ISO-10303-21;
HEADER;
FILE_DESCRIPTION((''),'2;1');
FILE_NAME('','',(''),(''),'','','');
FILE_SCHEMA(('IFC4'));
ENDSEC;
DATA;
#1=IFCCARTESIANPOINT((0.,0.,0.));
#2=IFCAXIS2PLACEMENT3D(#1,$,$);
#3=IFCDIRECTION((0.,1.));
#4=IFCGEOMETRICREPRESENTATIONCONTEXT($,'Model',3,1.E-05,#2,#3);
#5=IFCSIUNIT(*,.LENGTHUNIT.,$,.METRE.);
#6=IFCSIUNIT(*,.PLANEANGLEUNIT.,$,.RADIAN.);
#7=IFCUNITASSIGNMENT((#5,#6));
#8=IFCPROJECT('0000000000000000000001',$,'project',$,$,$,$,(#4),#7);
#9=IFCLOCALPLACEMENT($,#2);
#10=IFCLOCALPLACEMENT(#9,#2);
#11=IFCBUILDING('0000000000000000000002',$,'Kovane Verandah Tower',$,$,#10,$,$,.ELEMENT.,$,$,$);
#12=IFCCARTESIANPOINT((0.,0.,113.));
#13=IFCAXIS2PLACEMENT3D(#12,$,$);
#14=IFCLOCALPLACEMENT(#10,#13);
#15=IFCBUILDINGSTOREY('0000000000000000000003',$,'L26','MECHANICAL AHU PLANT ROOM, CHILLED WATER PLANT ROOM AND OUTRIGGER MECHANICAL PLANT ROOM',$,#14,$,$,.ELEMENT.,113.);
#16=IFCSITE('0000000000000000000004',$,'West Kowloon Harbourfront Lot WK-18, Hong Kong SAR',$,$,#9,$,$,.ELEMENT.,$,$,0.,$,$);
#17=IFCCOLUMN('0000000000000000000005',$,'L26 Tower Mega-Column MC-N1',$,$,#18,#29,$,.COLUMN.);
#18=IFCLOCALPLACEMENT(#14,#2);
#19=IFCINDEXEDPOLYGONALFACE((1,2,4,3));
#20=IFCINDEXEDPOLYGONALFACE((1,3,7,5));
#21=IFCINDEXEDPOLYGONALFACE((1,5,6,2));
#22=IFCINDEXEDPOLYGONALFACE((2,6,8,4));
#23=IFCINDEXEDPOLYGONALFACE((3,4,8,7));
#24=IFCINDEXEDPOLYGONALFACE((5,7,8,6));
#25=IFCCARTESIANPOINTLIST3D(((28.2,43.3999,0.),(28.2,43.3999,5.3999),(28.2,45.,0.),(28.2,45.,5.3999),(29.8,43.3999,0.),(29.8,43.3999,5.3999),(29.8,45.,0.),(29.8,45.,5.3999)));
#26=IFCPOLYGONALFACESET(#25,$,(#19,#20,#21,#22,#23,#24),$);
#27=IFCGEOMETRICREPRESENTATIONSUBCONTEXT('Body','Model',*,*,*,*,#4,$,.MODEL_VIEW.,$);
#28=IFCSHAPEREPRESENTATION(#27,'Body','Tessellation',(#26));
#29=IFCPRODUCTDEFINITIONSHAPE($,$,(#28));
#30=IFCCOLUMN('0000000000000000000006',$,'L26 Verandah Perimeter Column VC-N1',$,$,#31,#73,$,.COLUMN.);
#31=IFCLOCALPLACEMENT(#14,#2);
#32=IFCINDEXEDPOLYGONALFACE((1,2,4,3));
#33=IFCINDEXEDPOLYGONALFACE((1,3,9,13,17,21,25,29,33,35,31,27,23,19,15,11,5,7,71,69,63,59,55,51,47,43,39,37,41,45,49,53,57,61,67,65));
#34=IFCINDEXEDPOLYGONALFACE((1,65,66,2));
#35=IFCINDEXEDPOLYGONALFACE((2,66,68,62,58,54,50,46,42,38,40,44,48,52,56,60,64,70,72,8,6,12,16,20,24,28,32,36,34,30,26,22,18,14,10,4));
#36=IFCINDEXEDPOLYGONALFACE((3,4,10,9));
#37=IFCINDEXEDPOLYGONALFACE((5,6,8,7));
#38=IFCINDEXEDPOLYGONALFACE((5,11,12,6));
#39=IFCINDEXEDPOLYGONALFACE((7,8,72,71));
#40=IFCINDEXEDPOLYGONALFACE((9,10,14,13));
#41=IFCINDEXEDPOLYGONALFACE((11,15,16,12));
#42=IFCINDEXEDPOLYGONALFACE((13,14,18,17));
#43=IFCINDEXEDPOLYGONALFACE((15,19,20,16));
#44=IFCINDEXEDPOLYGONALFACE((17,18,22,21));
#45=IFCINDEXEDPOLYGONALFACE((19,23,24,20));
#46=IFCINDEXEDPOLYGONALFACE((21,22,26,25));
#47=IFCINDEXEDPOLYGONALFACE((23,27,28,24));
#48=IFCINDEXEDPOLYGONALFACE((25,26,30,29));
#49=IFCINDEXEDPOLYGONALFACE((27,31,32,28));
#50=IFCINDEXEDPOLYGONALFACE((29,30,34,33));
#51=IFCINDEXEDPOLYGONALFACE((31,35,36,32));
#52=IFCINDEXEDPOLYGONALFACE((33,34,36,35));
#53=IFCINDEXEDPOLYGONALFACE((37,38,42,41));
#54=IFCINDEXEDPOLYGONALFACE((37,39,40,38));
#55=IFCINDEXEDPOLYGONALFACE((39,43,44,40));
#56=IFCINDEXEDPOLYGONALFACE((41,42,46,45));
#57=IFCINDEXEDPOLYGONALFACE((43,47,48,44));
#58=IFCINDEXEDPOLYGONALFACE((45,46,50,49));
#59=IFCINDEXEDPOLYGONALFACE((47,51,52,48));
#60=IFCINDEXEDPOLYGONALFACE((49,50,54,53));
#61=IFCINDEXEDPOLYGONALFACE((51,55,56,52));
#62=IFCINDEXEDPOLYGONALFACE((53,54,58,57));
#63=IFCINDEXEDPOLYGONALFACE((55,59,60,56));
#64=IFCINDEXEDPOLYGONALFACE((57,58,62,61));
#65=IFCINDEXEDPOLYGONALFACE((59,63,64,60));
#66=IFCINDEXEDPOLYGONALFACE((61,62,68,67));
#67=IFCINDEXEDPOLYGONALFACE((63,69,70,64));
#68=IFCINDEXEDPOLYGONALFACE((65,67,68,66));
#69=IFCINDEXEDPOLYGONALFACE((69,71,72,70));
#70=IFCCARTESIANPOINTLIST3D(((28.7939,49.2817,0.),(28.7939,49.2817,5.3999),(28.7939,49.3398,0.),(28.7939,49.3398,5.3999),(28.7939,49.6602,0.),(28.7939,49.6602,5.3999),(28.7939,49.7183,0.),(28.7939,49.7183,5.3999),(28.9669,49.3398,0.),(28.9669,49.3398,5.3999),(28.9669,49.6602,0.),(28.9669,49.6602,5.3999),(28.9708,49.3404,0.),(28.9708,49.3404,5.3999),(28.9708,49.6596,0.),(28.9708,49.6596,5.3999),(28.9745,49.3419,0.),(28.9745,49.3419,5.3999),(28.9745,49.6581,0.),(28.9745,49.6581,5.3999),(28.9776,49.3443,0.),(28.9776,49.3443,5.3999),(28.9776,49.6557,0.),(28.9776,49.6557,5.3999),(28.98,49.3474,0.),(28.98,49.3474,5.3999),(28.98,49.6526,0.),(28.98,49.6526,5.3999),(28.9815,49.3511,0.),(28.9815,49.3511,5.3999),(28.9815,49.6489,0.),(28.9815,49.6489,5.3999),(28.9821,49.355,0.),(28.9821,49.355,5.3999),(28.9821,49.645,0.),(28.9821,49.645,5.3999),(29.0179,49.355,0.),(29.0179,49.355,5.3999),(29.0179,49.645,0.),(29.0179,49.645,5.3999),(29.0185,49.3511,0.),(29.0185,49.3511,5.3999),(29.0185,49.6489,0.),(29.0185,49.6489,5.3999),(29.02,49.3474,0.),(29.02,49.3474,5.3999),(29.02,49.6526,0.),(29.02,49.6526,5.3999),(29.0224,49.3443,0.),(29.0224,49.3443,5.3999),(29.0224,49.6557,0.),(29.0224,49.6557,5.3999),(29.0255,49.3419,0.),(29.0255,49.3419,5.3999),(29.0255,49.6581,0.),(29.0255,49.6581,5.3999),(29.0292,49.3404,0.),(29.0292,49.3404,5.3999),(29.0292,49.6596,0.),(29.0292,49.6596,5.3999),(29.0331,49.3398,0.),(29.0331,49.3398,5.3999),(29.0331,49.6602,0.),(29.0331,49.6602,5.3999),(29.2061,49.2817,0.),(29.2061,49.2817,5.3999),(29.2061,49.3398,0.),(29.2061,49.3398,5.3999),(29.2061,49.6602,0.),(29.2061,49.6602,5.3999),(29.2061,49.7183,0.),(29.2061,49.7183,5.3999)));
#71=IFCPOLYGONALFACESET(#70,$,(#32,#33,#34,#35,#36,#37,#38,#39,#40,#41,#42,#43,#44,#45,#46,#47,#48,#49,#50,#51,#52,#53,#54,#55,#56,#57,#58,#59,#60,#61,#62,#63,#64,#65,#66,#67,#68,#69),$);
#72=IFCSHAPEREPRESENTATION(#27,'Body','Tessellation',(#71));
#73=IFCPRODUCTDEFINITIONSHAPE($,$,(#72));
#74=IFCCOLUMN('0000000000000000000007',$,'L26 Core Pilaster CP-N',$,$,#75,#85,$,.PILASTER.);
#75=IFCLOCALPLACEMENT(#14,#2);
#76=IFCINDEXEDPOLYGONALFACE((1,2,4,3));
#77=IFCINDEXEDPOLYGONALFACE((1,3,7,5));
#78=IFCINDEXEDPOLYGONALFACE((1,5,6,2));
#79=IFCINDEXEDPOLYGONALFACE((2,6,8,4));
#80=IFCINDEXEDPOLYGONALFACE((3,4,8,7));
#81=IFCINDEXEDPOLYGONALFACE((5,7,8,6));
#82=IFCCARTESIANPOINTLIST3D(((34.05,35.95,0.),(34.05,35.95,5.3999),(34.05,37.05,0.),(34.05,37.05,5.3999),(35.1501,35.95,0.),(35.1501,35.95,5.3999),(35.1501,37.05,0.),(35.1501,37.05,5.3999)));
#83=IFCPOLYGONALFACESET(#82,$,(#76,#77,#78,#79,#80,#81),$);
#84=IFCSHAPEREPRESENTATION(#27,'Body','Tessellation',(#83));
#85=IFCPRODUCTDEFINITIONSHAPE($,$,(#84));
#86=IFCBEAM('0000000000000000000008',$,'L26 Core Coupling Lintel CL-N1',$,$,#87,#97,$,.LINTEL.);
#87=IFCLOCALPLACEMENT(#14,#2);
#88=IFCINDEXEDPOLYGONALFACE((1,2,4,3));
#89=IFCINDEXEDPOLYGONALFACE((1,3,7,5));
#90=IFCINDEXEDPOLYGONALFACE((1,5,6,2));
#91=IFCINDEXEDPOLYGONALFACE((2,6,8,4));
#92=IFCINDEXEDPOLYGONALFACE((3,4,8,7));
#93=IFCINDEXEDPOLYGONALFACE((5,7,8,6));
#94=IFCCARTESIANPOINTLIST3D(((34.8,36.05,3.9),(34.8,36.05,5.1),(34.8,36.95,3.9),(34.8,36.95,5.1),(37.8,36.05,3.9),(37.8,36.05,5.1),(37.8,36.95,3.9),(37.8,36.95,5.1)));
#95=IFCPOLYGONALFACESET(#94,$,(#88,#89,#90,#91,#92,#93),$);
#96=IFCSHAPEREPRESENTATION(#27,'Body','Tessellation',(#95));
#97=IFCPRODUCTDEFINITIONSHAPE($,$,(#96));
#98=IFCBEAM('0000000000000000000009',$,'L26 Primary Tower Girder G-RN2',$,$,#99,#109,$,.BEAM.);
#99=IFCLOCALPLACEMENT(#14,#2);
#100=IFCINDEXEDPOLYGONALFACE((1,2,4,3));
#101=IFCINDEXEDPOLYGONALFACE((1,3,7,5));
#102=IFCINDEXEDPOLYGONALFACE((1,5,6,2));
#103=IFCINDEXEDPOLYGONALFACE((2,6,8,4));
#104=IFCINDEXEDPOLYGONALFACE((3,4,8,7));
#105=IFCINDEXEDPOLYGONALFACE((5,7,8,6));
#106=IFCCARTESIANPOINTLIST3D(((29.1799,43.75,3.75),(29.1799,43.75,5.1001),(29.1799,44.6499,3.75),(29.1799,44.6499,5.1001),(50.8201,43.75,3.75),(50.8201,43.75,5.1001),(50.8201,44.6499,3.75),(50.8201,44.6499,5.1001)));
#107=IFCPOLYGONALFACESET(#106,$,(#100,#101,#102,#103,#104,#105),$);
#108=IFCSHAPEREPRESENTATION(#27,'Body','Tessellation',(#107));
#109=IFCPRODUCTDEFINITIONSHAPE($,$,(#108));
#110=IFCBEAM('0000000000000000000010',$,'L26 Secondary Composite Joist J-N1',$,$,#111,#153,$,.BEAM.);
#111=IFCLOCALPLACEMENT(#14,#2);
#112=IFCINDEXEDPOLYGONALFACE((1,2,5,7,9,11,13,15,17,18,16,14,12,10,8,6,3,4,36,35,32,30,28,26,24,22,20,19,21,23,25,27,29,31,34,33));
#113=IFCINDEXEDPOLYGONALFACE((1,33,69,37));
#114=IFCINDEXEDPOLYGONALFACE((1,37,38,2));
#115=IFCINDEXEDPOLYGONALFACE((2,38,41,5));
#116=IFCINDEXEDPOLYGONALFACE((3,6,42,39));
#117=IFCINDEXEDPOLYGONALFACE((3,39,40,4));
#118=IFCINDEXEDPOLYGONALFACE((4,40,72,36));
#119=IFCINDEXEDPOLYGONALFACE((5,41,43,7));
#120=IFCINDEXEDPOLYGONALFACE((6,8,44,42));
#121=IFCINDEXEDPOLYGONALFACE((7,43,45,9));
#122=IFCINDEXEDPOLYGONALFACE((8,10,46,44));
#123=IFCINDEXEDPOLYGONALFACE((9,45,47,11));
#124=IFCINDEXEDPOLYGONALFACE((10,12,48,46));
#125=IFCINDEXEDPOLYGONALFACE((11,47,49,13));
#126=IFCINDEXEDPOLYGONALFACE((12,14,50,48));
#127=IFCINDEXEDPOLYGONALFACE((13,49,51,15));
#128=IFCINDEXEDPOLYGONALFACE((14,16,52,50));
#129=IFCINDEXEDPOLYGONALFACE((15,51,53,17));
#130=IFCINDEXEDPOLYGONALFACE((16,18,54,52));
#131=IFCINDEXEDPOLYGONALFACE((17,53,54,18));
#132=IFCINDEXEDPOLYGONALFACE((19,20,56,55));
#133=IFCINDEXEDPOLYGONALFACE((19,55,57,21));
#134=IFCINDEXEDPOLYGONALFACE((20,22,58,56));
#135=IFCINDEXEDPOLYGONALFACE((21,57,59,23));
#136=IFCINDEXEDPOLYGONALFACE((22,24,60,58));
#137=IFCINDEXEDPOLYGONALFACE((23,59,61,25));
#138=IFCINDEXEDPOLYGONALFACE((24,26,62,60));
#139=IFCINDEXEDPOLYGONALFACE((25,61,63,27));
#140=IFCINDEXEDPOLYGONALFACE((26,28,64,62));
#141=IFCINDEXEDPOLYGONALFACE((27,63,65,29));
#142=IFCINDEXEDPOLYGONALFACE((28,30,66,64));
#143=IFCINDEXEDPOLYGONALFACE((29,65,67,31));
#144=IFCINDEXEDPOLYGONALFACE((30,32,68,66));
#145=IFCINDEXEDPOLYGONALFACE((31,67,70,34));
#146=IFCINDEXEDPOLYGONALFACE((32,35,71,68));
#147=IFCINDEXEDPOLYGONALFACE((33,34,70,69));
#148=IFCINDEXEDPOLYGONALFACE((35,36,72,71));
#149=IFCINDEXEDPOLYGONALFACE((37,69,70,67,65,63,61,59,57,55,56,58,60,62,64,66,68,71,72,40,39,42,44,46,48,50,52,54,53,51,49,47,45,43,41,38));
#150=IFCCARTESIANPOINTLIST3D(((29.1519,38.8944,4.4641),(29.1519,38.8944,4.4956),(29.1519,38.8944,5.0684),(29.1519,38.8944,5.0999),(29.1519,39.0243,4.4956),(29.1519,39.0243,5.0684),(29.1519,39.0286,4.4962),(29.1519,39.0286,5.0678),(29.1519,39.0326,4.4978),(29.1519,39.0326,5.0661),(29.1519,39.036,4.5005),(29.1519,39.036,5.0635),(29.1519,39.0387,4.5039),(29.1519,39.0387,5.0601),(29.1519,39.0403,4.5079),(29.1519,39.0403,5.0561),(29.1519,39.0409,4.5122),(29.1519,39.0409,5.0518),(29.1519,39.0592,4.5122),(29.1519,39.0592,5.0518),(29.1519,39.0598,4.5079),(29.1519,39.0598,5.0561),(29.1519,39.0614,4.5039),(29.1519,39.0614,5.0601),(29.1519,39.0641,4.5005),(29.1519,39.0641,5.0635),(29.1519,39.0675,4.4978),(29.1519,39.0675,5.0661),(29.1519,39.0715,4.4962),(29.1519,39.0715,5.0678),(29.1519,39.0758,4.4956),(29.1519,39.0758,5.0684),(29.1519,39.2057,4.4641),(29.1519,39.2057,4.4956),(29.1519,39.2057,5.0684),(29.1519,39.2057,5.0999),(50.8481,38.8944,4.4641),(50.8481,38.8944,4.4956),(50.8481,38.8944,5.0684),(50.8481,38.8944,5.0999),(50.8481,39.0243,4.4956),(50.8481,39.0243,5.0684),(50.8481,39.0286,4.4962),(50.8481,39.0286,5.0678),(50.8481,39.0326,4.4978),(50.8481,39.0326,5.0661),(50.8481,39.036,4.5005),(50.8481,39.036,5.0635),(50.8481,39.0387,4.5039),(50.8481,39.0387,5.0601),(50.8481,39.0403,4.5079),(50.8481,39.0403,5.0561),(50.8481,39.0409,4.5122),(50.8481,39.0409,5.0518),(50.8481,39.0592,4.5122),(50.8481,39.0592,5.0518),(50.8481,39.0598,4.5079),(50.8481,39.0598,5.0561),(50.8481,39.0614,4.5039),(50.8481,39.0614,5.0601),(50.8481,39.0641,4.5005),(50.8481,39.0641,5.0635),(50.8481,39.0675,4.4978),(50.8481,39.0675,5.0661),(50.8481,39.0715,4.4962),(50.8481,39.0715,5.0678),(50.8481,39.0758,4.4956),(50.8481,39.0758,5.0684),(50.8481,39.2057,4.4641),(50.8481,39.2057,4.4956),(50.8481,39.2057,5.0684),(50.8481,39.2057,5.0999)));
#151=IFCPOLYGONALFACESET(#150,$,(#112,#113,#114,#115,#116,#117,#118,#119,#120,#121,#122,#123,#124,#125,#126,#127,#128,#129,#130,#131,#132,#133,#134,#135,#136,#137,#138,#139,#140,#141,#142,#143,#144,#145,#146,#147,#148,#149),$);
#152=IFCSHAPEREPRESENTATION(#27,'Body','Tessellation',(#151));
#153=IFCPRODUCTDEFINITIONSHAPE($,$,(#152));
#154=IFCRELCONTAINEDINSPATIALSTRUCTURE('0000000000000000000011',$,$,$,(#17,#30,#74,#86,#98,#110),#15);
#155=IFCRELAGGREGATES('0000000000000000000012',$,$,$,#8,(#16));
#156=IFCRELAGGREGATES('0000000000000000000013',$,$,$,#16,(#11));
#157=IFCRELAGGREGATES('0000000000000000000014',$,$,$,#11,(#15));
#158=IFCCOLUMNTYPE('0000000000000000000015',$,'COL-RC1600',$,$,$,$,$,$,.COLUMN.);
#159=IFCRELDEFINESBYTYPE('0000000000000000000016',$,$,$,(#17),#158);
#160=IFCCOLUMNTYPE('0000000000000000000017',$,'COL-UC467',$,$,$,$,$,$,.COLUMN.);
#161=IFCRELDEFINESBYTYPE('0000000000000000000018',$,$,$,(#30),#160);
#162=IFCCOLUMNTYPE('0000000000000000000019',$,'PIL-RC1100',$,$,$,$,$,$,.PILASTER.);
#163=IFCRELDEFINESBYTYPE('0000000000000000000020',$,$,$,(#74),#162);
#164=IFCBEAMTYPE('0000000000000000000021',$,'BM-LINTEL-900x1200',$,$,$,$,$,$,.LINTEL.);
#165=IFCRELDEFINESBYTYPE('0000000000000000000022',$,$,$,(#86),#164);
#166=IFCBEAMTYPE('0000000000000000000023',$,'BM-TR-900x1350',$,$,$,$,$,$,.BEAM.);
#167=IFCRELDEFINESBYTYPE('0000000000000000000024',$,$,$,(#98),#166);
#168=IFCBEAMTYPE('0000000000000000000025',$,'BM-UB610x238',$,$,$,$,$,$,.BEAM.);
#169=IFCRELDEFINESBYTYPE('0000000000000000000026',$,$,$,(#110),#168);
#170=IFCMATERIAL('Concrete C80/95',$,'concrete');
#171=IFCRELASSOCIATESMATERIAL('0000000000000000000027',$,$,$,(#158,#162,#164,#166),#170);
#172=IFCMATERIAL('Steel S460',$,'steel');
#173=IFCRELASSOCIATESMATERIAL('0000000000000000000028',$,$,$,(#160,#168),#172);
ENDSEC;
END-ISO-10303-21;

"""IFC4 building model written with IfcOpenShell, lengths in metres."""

from ifc_helpers import new_model, si_unit, direction, frame, origin, origin_2d, place, context, subcontext, project, spatial, rectangle, i_section, extrude, material, material_profile, profile_set, type_object, element, save


model = new_model("IFC4")

# Units and contexts
model_context = context("Model", 3, precision=1e-05, world=origin(), true_north=direction((0.0, 1.0)))
body_context = subcontext(model_context, "Body", "Model", "MODEL_VIEW")
ifc_project = project(units=[si_unit("LENGTHUNIT", "METRE"), si_unit("PLANEANGLEUNIT", "RADIAN")], contexts=[model_context])

# Site, building, storey
site_placement = place(None, origin())
site = spatial("IfcSite", under=ifc_project, at=site_placement, Name="West Kowloon Harbourfront Lot WK-18, Hong Kong SAR", CompositionType="ELEMENT", RefElevation=0.0)
building_placement = place(site_placement, origin())
building = spatial("IfcBuilding", under=site, at=building_placement, Name="Kovane Verandah Tower", CompositionType="ELEMENT")
storey_placement = place(building_placement, frame((0.0, 0.0, 113.0)))
storey = spatial("IfcBuildingStorey", under=building, at=storey_placement, Name="L26", Description="MECHANICAL AHU PLANT ROOM, CHILLED WATER PLANT ROOM AND OUTRIGGER MECHANICAL PLANT ROOM", CompositionType="ELEMENT", Elevation=113.0)

# Columns
ifc_material_1 = material(Name="Concrete C80/95", Category="concrete")
ifc_material_profile_1 = material_profile(ifc_material_1, rectangle(XDim=1.6001, YDim=1.6001, at=origin_2d()), Name="RC1600x1600")
ifc_profile_set_1 = profile_set([ifc_material_profile_1], Name="Concrete C80/95")
column_type_1 = type_object("IfcColumnType", Name="COL-RC1600", PredefinedType="COLUMN", material=ifc_profile_set_1)
column_1_placement = place(storey_placement, frame((29.0, 44.2, 0.0), z_axis=(0.0, 0.0, 1.0), x_axis=(1.0, 0.0, 0.0)))
element("IfcColumn", 1, at=column_1_placement, inside=storey, type_object=column_type_1, Name="L26 Tower Mega-Column MC-N1", PredefinedType="COLUMN", context=body_context, shape_type="SweptSolid", body=[
    extrude(rectangle(XDim=1.6001, YDim=1.6001, at=origin_2d()), origin(), (0.0, 0.0, 1.0), 5.3999),
])
ifc_material_2 = material(Name="Steel S460", Category="steel")
ifc_material_profile_2 = material_profile(ifc_material_2, i_section(OverallWidth=0.4121, OverallDepth=0.4365, WebThickness=0.0359, FlangeThickness=0.0581, FilletRadius=0.0151, at=origin_2d()), Name="UC356x406x467")
ifc_profile_set_2 = profile_set([ifc_material_profile_2], Name="Steel S460")
column_type_2 = type_object("IfcColumnType", Name="COL-UC467", PredefinedType="COLUMN", material=ifc_profile_set_2)
column_2_placement = place(storey_placement, frame((29.0, 49.5, 0.0), z_axis=(0.0, 0.0, 1.0), x_axis=(1.0, 0.0, 0.0)))
element("IfcColumn", 2, at=column_2_placement, inside=storey, type_object=column_type_2, Name="L26 Verandah Perimeter Column VC-N1", PredefinedType="COLUMN", context=body_context, shape_type="SweptSolid", body=[
    extrude(i_section(OverallWidth=0.4121, OverallDepth=0.4365, WebThickness=0.0359, FlangeThickness=0.0581, FilletRadius=0.0151, at=origin_2d()), origin(), (0.0, 0.0, 1.0), 5.3999),
])
ifc_material_profile_3 = material_profile(ifc_material_1, rectangle(XDim=1.1001, YDim=1.1001, at=origin_2d()), Name="RC1100x1100")
ifc_profile_set_3 = profile_set([ifc_material_profile_3], Name="Concrete C80/95")
column_type_3 = type_object("IfcColumnType", Name="PIL-RC1100", PredefinedType="PILASTER", material=ifc_profile_set_3)
column_3_placement = place(storey_placement, frame((34.6001, 36.5, 0.0), z_axis=(0.0, 0.0, 1.0), x_axis=(1.0, 0.0, 0.0)))
element("IfcColumn", 3, at=column_3_placement, inside=storey, type_object=column_type_3, Name="L26 Core Pilaster CP-N", PredefinedType="PILASTER", context=body_context, shape_type="SweptSolid", body=[
    extrude(rectangle(XDim=1.1001, YDim=1.1001, at=origin_2d()), origin(), (0.0, 0.0, 1.0), 5.3999),
])

# Beams
ifc_material_profile_4 = material_profile(ifc_material_1, rectangle(XDim=0.8999, YDim=1.2, at=origin_2d()), Name="RCB900x1200")
ifc_profile_set_4 = profile_set([ifc_material_profile_4], Name="Concrete C80/95")
beam_type_1 = type_object("IfcBeamType", Name="BM-LINTEL-900x1200", PredefinedType="LINTEL", material=ifc_profile_set_4)
beam_1_placement = place(storey_placement, frame((34.8, 36.5, 4.5), z_axis=(1.0, 0.0, 0.0), x_axis=(0.0, 1.0, 0.0)))
element("IfcBeam", 4, at=beam_1_placement, inside=storey, type_object=beam_type_1, Name="L26 Core Coupling Lintel CL-N1", PredefinedType="LINTEL", context=body_context, shape_type="SweptSolid", body=[
    extrude(rectangle(XDim=0.8999, YDim=1.2, at=origin_2d()), origin(), (0.0, 0.0, 1.0), 3.0),
])
ifc_material_profile_5 = material_profile(ifc_material_1, rectangle(XDim=0.8999, YDim=1.3501, at=origin_2d()), Name="RCB900x1350")
ifc_profile_set_5 = profile_set([ifc_material_profile_5], Name="Concrete C80/95")
beam_type_2 = type_object("IfcBeamType", Name="BM-TR-900x1350", PredefinedType="BEAM", material=ifc_profile_set_5)
beam_2_placement = place(storey_placement, frame((29.1799, 44.2, 4.425), z_axis=(1.0, 0.0, 0.0), x_axis=(0.0, 1.0, 0.0)))
element("IfcBeam", 5, at=beam_2_placement, inside=storey, type_object=beam_type_2, Name="L26 Primary Tower Girder G-RN2", PredefinedType="BEAM", context=body_context, shape_type="SweptSolid", body=[
    extrude(rectangle(XDim=0.8999, YDim=1.3501, at=origin_2d()), origin(), (0.0, 0.0, 1.0), 21.6401),
])
ifc_material_profile_6 = material_profile(ifc_material_2, i_section(OverallWidth=0.3113, OverallDepth=0.6357, WebThickness=0.0183, FlangeThickness=0.0315, FilletRadius=0.0166, at=origin_2d()), Name="UB610x305x238")
ifc_profile_set_6 = profile_set([ifc_material_profile_6], Name="Steel S460")
beam_type_3 = type_object("IfcBeamType", Name="BM-UB610x238", PredefinedType="BEAM", material=ifc_profile_set_6)
for number, where, z_axis, x_axis, name in (
    (6, (29.1519, 39.05, 4.782), (1.0, 0.0, 0.0), (0.0, 1.0, 0.0), "L26 Secondary Composite Joist J-N1"),
):
    element("IfcBeam", number, at=place(storey_placement, frame(where, z_axis=z_axis, x_axis=x_axis)), inside=storey, type_object=beam_type_3, Name=name, PredefinedType="BEAM", context=body_context, shape_type="SweptSolid", body=[
        extrude(i_section(OverallWidth=0.3113, OverallDepth=0.6357, WebThickness=0.0183, FlangeThickness=0.0315, FilletRadius=0.0166, at=origin_2d()), origin(), (0.0, 0.0, 1.0), 21.6963),
    ])

save(model, "model.ifc")
